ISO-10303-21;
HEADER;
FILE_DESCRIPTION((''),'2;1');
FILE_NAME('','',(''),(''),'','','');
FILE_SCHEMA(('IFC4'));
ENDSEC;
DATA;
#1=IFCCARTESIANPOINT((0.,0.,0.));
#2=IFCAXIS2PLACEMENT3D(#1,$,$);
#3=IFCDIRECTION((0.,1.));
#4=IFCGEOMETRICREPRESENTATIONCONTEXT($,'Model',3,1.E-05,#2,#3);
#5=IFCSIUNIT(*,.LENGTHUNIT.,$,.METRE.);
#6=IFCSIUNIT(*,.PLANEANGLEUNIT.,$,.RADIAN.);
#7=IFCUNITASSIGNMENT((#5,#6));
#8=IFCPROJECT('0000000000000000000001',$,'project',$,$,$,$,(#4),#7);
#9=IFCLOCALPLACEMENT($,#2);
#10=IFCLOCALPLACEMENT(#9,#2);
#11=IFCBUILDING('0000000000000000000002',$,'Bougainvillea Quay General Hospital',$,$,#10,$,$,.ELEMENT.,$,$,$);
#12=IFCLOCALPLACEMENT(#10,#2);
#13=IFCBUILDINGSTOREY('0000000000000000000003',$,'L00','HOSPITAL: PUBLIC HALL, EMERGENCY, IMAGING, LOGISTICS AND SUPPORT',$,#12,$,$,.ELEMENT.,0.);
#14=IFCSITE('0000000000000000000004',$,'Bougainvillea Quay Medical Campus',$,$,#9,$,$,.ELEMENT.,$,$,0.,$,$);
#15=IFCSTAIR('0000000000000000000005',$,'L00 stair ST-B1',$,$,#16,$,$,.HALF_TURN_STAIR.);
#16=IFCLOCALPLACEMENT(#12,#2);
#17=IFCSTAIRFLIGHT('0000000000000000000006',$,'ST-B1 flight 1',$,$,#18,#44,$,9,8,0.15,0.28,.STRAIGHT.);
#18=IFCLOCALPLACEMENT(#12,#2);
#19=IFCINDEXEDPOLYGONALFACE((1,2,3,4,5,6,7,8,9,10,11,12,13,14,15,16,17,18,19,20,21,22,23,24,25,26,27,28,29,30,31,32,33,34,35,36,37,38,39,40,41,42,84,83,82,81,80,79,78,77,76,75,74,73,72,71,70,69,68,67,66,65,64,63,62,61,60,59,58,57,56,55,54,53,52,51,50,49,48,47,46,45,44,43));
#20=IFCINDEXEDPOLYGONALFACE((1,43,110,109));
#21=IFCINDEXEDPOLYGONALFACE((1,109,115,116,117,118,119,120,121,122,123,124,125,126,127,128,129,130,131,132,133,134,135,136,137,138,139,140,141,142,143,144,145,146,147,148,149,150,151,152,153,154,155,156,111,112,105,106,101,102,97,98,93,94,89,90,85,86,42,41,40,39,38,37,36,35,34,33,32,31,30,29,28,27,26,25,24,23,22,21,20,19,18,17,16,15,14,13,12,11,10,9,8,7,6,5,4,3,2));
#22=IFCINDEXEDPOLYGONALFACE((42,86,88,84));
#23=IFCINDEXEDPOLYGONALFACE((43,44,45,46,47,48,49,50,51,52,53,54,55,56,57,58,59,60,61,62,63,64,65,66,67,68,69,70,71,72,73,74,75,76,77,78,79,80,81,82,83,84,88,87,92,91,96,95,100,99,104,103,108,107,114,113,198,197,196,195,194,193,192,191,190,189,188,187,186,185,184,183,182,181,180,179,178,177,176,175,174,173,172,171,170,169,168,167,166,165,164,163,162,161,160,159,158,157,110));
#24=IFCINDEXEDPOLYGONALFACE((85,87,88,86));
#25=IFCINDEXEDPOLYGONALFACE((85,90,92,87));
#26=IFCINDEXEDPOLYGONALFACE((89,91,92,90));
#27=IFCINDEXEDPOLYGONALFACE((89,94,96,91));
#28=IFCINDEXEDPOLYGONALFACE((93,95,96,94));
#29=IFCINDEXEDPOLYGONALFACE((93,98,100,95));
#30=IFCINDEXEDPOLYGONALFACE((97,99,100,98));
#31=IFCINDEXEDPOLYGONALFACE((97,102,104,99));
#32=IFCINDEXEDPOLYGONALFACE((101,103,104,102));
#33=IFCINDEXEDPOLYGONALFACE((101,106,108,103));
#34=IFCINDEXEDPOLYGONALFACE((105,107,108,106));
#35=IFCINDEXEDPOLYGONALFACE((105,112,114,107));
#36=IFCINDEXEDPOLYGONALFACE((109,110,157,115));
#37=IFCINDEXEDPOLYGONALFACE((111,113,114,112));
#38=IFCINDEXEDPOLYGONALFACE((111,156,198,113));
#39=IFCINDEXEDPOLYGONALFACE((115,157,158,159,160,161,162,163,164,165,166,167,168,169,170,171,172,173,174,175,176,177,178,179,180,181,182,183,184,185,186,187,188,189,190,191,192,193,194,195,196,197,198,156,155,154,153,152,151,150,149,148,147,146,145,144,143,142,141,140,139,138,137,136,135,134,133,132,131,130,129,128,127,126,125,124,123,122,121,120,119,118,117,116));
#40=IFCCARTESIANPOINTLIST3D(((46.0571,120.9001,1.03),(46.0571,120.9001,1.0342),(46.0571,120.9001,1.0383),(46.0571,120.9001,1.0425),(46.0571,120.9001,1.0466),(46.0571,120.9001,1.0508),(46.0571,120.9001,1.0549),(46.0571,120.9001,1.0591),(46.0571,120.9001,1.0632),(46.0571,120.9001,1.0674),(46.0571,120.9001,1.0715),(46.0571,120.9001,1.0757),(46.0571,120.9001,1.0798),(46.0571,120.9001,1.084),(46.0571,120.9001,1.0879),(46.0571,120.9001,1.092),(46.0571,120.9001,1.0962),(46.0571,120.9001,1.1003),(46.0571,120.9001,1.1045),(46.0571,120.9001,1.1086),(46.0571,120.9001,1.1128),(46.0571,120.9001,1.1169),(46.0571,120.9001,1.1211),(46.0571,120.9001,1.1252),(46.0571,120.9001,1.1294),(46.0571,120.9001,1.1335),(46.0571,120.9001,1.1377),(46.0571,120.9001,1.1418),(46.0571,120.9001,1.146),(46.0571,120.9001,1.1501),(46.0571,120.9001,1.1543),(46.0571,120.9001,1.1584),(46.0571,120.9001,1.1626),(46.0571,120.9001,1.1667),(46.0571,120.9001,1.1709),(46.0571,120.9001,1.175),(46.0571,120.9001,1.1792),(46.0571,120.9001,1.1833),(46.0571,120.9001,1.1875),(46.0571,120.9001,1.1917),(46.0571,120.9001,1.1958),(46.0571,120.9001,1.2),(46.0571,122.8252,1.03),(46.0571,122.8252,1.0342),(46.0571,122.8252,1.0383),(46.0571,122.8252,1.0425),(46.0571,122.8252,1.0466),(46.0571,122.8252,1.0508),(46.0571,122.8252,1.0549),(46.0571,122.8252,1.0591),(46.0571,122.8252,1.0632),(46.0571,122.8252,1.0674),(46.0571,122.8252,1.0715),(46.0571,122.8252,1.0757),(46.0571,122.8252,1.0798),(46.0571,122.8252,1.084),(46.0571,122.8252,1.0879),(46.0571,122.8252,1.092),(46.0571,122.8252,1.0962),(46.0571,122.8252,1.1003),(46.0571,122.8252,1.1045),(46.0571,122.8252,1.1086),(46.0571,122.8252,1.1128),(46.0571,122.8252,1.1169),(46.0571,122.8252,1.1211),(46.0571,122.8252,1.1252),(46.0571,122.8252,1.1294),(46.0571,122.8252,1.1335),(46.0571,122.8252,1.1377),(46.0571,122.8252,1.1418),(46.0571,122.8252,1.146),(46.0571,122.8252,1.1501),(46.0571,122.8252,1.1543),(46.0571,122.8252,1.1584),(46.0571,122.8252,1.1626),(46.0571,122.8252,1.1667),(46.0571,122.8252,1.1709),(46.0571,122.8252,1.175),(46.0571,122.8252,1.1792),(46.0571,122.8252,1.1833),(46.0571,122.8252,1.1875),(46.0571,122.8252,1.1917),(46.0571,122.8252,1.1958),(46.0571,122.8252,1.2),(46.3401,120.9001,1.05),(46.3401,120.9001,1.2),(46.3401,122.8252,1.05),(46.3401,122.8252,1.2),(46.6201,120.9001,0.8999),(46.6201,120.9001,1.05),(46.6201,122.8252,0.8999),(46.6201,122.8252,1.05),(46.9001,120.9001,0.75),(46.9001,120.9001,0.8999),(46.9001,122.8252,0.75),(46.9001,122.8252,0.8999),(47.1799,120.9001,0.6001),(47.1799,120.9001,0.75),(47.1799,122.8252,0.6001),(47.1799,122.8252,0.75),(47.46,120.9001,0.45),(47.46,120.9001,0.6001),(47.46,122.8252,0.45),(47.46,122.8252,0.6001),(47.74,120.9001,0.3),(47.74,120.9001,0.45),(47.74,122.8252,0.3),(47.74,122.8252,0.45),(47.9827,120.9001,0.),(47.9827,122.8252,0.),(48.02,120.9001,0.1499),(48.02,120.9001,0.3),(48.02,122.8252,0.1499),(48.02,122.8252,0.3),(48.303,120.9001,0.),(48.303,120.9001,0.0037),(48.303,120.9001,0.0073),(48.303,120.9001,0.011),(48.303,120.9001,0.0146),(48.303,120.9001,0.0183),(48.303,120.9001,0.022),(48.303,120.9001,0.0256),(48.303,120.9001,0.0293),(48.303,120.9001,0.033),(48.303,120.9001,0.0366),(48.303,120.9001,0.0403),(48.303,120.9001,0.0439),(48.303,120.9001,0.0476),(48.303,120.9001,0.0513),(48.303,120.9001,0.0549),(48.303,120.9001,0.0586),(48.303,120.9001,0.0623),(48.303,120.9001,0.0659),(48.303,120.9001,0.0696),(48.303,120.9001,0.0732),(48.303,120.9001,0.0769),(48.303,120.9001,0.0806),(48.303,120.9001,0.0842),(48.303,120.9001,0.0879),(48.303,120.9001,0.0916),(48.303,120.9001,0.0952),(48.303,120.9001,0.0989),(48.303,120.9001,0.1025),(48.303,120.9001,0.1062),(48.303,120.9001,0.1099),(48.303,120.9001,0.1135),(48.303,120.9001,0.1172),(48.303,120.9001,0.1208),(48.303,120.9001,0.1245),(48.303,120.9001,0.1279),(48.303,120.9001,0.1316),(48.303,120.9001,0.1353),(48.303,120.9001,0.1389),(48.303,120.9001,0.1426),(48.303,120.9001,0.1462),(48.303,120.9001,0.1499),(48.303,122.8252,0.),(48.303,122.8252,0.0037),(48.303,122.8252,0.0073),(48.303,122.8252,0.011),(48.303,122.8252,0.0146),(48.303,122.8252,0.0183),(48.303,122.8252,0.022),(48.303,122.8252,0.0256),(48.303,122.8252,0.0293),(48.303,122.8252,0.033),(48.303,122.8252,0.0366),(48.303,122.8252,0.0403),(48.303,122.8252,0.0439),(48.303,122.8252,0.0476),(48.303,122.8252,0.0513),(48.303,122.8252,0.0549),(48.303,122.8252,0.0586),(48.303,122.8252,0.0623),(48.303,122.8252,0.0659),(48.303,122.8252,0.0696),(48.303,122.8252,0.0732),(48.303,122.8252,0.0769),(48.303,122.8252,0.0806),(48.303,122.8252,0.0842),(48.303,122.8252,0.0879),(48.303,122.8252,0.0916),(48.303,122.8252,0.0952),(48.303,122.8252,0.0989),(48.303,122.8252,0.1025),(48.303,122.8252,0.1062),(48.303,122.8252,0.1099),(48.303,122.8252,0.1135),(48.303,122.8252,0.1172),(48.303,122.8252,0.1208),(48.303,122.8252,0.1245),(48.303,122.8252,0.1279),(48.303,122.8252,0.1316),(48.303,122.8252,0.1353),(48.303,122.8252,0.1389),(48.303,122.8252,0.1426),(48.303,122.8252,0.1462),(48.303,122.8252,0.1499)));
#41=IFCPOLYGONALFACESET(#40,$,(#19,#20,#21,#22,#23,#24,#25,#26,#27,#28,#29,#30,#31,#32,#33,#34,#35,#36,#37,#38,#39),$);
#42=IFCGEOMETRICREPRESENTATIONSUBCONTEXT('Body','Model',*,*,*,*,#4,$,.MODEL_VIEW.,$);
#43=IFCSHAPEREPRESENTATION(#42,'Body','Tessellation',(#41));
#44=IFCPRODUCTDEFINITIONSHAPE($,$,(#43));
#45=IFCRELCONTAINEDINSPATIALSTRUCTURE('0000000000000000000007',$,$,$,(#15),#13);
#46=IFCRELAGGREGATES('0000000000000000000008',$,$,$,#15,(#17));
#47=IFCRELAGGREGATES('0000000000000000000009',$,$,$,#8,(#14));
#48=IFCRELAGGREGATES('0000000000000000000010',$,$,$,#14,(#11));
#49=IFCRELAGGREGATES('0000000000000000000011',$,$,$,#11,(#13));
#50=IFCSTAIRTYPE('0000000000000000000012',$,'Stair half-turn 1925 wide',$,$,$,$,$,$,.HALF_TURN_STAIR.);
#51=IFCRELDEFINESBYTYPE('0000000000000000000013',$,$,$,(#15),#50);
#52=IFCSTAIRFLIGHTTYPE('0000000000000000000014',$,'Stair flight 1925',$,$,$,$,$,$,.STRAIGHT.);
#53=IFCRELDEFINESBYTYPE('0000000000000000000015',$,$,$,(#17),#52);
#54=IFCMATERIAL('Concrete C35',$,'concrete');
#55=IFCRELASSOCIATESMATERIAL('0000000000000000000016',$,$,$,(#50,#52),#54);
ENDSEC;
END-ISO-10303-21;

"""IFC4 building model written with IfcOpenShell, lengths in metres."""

from ifc_helpers import new_model, si_unit, direction, frame, origin, place, context, subcontext, project, spatial, polyline, outline, extrude, material, type_object, element, aggregate, save


model = new_model("IFC4")

# Units and contexts
model_context = context("Model", 3, precision=1e-05, world=origin(), true_north=direction((0.0, 1.0)))
body_context = subcontext(model_context, "Body", "Model", "MODEL_VIEW")
ifc_project = project(units=[si_unit("LENGTHUNIT", "METRE"), si_unit("PLANEANGLEUNIT", "RADIAN")], contexts=[model_context])

# Site, building, storey
site_placement = place(None, origin())
site = spatial("IfcSite", under=ifc_project, at=site_placement, Name="Bougainvillea Quay Medical Campus", CompositionType="ELEMENT", RefElevation=0.0)
building_placement = place(site_placement, origin())
building = spatial("IfcBuilding", under=site, at=building_placement, Name="Bougainvillea Quay General Hospital", CompositionType="ELEMENT")
storey_placement = place(building_placement, origin())
storey = spatial("IfcBuildingStorey", under=building, at=storey_placement, Name="L00", Description="HOSPITAL: PUBLIC HALL, EMERGENCY, IMAGING, LOGISTICS AND SUPPORT", CompositionType="ELEMENT", Elevation=0.0)

# Stair, stair flight
ifc_material_1 = material(Name="Concrete C35", Category="concrete")
stair_type = type_object("IfcStairType", Name="Stair half-turn 1925 wide", PredefinedType="HALF_TURN_STAIR", material=ifc_material_1)
stair_placement = place(storey_placement, origin())
stair = element("IfcStair", 1, at=stair_placement, inside=storey, type_object=stair_type, Name="L00 stair ST-B1", PredefinedType="HALF_TURN_STAIR")
stair_flight_type = type_object("IfcStairFlightType", Name="Stair flight 1925", PredefinedType="STRAIGHT", material=ifc_material_1)
stair_flight_1_placement = place(storey_placement, frame((48.3, 121.8625, 0.0), z_axis=(0.0, 0.0, 1.0), x_axis=(-1.0, 0.0, 0.0)))
stair_flight_1 = element("IfcStairFlight", 2, at=stair_flight_1_placement, type_object=stair_flight_type, Name="ST-B1 flight 1", NumberOfRisers=9, NumberOfTreads=8, PredefinedType="STRAIGHT", RiserHeight=0.15, TreadLength=0.28, context=body_context, shape_type="SweptSolid", body=[
    extrude(outline(polyline([(-0.0029, 0.0), (-0.0029, 0.0037), (-0.0029, 0.0073), (-0.0029, 0.011), (-0.0029, 0.0146), (-0.0029, 0.0183), (-0.0029, 0.022), (-0.0029, 0.0256), (-0.0029, 0.0293), (-0.0029, 0.033), (-0.0029, 0.0366), (-0.0029, 0.0403), (-0.0029, 0.0439), (-0.0029, 0.0476), (-0.0029, 0.0513), (-0.0029, 0.0549), (-0.0029, 0.0586), (-0.0029, 0.0623), (-0.0029, 0.0659), (-0.0029, 0.0696), (-0.0029, 0.0732), (-0.0029, 0.0769), (-0.0029, 0.0806), (-0.0029, 0.0842), (-0.0029, 0.0879), (-0.0029, 0.0916), (-0.0029, 0.0952), (-0.0029, 0.0989), (-0.0029, 0.1025), (-0.0029, 0.1062), (-0.0029, 0.1099), (-0.0029, 0.1135), (-0.0029, 0.1172), (-0.0029, 0.1208), (-0.0029, 0.1245), (-0.0029, 0.1279), (-0.0029, 0.1316), (-0.0029, 0.1353), (-0.0029, 0.1389), (-0.0029, 0.1426), (-0.0029, 0.1462), (-0.0029, 0.1499), (0.28, 0.1499), (0.28, 0.3), (0.5601, 0.3), (0.5601, 0.45), (0.8401, 0.45), (0.8401, 0.6001), (1.1201, 0.6001), (1.1201, 0.75), (1.3999, 0.75), (1.3999, 0.8999), (1.6799, 0.8999), (1.6799, 1.05), (1.96, 1.05), (1.96, 1.2), (2.2429, 1.2), (2.2429, 1.1958), (2.2429, 1.1917), (2.2429, 1.1875), (2.2429, 1.1833), (2.2429, 1.1792), (2.2429, 1.175), (2.2429, 1.1709), (2.2429, 1.1667), (2.2429, 1.1626), (2.2429, 1.1584), (2.2429, 1.1543), (2.2429, 1.1501), (2.2429, 1.146), (2.2429, 1.1418), (2.2429, 1.1377), (2.2429, 1.1335), (2.2429, 1.1294), (2.2429, 1.1252), (2.2429, 1.1211), (2.2429, 1.1169), (2.2429, 1.1128), (2.2429, 1.1086), (2.2429, 1.1045), (2.2429, 1.1003), (2.2429, 1.0962), (2.2429, 1.092), (2.2429, 1.0879), (2.2429, 1.084), (2.2429, 1.0798), (2.2429, 1.0757), (2.2429, 1.0715), (2.2429, 1.0674), (2.2429, 1.0632), (2.2429, 1.0591), (2.2429, 1.0549), (2.2429, 1.0508), (2.2429, 1.0466), (2.2429, 1.0425), (2.2429, 1.0383), (2.2429, 1.0342), (2.2429, 1.03), (0.3174, 0.0), (-0.0029, 0.0)])), frame((0.0, 0.9624, 0.0), z_axis=(0.0, -1.0, 0.0), x_axis=(1.0, 0.0, 0.0)), (0.0, 0.0, 1.0), 1.925),
])
aggregate(stair, [stair_flight_1])

save(model, "model.ifc")
